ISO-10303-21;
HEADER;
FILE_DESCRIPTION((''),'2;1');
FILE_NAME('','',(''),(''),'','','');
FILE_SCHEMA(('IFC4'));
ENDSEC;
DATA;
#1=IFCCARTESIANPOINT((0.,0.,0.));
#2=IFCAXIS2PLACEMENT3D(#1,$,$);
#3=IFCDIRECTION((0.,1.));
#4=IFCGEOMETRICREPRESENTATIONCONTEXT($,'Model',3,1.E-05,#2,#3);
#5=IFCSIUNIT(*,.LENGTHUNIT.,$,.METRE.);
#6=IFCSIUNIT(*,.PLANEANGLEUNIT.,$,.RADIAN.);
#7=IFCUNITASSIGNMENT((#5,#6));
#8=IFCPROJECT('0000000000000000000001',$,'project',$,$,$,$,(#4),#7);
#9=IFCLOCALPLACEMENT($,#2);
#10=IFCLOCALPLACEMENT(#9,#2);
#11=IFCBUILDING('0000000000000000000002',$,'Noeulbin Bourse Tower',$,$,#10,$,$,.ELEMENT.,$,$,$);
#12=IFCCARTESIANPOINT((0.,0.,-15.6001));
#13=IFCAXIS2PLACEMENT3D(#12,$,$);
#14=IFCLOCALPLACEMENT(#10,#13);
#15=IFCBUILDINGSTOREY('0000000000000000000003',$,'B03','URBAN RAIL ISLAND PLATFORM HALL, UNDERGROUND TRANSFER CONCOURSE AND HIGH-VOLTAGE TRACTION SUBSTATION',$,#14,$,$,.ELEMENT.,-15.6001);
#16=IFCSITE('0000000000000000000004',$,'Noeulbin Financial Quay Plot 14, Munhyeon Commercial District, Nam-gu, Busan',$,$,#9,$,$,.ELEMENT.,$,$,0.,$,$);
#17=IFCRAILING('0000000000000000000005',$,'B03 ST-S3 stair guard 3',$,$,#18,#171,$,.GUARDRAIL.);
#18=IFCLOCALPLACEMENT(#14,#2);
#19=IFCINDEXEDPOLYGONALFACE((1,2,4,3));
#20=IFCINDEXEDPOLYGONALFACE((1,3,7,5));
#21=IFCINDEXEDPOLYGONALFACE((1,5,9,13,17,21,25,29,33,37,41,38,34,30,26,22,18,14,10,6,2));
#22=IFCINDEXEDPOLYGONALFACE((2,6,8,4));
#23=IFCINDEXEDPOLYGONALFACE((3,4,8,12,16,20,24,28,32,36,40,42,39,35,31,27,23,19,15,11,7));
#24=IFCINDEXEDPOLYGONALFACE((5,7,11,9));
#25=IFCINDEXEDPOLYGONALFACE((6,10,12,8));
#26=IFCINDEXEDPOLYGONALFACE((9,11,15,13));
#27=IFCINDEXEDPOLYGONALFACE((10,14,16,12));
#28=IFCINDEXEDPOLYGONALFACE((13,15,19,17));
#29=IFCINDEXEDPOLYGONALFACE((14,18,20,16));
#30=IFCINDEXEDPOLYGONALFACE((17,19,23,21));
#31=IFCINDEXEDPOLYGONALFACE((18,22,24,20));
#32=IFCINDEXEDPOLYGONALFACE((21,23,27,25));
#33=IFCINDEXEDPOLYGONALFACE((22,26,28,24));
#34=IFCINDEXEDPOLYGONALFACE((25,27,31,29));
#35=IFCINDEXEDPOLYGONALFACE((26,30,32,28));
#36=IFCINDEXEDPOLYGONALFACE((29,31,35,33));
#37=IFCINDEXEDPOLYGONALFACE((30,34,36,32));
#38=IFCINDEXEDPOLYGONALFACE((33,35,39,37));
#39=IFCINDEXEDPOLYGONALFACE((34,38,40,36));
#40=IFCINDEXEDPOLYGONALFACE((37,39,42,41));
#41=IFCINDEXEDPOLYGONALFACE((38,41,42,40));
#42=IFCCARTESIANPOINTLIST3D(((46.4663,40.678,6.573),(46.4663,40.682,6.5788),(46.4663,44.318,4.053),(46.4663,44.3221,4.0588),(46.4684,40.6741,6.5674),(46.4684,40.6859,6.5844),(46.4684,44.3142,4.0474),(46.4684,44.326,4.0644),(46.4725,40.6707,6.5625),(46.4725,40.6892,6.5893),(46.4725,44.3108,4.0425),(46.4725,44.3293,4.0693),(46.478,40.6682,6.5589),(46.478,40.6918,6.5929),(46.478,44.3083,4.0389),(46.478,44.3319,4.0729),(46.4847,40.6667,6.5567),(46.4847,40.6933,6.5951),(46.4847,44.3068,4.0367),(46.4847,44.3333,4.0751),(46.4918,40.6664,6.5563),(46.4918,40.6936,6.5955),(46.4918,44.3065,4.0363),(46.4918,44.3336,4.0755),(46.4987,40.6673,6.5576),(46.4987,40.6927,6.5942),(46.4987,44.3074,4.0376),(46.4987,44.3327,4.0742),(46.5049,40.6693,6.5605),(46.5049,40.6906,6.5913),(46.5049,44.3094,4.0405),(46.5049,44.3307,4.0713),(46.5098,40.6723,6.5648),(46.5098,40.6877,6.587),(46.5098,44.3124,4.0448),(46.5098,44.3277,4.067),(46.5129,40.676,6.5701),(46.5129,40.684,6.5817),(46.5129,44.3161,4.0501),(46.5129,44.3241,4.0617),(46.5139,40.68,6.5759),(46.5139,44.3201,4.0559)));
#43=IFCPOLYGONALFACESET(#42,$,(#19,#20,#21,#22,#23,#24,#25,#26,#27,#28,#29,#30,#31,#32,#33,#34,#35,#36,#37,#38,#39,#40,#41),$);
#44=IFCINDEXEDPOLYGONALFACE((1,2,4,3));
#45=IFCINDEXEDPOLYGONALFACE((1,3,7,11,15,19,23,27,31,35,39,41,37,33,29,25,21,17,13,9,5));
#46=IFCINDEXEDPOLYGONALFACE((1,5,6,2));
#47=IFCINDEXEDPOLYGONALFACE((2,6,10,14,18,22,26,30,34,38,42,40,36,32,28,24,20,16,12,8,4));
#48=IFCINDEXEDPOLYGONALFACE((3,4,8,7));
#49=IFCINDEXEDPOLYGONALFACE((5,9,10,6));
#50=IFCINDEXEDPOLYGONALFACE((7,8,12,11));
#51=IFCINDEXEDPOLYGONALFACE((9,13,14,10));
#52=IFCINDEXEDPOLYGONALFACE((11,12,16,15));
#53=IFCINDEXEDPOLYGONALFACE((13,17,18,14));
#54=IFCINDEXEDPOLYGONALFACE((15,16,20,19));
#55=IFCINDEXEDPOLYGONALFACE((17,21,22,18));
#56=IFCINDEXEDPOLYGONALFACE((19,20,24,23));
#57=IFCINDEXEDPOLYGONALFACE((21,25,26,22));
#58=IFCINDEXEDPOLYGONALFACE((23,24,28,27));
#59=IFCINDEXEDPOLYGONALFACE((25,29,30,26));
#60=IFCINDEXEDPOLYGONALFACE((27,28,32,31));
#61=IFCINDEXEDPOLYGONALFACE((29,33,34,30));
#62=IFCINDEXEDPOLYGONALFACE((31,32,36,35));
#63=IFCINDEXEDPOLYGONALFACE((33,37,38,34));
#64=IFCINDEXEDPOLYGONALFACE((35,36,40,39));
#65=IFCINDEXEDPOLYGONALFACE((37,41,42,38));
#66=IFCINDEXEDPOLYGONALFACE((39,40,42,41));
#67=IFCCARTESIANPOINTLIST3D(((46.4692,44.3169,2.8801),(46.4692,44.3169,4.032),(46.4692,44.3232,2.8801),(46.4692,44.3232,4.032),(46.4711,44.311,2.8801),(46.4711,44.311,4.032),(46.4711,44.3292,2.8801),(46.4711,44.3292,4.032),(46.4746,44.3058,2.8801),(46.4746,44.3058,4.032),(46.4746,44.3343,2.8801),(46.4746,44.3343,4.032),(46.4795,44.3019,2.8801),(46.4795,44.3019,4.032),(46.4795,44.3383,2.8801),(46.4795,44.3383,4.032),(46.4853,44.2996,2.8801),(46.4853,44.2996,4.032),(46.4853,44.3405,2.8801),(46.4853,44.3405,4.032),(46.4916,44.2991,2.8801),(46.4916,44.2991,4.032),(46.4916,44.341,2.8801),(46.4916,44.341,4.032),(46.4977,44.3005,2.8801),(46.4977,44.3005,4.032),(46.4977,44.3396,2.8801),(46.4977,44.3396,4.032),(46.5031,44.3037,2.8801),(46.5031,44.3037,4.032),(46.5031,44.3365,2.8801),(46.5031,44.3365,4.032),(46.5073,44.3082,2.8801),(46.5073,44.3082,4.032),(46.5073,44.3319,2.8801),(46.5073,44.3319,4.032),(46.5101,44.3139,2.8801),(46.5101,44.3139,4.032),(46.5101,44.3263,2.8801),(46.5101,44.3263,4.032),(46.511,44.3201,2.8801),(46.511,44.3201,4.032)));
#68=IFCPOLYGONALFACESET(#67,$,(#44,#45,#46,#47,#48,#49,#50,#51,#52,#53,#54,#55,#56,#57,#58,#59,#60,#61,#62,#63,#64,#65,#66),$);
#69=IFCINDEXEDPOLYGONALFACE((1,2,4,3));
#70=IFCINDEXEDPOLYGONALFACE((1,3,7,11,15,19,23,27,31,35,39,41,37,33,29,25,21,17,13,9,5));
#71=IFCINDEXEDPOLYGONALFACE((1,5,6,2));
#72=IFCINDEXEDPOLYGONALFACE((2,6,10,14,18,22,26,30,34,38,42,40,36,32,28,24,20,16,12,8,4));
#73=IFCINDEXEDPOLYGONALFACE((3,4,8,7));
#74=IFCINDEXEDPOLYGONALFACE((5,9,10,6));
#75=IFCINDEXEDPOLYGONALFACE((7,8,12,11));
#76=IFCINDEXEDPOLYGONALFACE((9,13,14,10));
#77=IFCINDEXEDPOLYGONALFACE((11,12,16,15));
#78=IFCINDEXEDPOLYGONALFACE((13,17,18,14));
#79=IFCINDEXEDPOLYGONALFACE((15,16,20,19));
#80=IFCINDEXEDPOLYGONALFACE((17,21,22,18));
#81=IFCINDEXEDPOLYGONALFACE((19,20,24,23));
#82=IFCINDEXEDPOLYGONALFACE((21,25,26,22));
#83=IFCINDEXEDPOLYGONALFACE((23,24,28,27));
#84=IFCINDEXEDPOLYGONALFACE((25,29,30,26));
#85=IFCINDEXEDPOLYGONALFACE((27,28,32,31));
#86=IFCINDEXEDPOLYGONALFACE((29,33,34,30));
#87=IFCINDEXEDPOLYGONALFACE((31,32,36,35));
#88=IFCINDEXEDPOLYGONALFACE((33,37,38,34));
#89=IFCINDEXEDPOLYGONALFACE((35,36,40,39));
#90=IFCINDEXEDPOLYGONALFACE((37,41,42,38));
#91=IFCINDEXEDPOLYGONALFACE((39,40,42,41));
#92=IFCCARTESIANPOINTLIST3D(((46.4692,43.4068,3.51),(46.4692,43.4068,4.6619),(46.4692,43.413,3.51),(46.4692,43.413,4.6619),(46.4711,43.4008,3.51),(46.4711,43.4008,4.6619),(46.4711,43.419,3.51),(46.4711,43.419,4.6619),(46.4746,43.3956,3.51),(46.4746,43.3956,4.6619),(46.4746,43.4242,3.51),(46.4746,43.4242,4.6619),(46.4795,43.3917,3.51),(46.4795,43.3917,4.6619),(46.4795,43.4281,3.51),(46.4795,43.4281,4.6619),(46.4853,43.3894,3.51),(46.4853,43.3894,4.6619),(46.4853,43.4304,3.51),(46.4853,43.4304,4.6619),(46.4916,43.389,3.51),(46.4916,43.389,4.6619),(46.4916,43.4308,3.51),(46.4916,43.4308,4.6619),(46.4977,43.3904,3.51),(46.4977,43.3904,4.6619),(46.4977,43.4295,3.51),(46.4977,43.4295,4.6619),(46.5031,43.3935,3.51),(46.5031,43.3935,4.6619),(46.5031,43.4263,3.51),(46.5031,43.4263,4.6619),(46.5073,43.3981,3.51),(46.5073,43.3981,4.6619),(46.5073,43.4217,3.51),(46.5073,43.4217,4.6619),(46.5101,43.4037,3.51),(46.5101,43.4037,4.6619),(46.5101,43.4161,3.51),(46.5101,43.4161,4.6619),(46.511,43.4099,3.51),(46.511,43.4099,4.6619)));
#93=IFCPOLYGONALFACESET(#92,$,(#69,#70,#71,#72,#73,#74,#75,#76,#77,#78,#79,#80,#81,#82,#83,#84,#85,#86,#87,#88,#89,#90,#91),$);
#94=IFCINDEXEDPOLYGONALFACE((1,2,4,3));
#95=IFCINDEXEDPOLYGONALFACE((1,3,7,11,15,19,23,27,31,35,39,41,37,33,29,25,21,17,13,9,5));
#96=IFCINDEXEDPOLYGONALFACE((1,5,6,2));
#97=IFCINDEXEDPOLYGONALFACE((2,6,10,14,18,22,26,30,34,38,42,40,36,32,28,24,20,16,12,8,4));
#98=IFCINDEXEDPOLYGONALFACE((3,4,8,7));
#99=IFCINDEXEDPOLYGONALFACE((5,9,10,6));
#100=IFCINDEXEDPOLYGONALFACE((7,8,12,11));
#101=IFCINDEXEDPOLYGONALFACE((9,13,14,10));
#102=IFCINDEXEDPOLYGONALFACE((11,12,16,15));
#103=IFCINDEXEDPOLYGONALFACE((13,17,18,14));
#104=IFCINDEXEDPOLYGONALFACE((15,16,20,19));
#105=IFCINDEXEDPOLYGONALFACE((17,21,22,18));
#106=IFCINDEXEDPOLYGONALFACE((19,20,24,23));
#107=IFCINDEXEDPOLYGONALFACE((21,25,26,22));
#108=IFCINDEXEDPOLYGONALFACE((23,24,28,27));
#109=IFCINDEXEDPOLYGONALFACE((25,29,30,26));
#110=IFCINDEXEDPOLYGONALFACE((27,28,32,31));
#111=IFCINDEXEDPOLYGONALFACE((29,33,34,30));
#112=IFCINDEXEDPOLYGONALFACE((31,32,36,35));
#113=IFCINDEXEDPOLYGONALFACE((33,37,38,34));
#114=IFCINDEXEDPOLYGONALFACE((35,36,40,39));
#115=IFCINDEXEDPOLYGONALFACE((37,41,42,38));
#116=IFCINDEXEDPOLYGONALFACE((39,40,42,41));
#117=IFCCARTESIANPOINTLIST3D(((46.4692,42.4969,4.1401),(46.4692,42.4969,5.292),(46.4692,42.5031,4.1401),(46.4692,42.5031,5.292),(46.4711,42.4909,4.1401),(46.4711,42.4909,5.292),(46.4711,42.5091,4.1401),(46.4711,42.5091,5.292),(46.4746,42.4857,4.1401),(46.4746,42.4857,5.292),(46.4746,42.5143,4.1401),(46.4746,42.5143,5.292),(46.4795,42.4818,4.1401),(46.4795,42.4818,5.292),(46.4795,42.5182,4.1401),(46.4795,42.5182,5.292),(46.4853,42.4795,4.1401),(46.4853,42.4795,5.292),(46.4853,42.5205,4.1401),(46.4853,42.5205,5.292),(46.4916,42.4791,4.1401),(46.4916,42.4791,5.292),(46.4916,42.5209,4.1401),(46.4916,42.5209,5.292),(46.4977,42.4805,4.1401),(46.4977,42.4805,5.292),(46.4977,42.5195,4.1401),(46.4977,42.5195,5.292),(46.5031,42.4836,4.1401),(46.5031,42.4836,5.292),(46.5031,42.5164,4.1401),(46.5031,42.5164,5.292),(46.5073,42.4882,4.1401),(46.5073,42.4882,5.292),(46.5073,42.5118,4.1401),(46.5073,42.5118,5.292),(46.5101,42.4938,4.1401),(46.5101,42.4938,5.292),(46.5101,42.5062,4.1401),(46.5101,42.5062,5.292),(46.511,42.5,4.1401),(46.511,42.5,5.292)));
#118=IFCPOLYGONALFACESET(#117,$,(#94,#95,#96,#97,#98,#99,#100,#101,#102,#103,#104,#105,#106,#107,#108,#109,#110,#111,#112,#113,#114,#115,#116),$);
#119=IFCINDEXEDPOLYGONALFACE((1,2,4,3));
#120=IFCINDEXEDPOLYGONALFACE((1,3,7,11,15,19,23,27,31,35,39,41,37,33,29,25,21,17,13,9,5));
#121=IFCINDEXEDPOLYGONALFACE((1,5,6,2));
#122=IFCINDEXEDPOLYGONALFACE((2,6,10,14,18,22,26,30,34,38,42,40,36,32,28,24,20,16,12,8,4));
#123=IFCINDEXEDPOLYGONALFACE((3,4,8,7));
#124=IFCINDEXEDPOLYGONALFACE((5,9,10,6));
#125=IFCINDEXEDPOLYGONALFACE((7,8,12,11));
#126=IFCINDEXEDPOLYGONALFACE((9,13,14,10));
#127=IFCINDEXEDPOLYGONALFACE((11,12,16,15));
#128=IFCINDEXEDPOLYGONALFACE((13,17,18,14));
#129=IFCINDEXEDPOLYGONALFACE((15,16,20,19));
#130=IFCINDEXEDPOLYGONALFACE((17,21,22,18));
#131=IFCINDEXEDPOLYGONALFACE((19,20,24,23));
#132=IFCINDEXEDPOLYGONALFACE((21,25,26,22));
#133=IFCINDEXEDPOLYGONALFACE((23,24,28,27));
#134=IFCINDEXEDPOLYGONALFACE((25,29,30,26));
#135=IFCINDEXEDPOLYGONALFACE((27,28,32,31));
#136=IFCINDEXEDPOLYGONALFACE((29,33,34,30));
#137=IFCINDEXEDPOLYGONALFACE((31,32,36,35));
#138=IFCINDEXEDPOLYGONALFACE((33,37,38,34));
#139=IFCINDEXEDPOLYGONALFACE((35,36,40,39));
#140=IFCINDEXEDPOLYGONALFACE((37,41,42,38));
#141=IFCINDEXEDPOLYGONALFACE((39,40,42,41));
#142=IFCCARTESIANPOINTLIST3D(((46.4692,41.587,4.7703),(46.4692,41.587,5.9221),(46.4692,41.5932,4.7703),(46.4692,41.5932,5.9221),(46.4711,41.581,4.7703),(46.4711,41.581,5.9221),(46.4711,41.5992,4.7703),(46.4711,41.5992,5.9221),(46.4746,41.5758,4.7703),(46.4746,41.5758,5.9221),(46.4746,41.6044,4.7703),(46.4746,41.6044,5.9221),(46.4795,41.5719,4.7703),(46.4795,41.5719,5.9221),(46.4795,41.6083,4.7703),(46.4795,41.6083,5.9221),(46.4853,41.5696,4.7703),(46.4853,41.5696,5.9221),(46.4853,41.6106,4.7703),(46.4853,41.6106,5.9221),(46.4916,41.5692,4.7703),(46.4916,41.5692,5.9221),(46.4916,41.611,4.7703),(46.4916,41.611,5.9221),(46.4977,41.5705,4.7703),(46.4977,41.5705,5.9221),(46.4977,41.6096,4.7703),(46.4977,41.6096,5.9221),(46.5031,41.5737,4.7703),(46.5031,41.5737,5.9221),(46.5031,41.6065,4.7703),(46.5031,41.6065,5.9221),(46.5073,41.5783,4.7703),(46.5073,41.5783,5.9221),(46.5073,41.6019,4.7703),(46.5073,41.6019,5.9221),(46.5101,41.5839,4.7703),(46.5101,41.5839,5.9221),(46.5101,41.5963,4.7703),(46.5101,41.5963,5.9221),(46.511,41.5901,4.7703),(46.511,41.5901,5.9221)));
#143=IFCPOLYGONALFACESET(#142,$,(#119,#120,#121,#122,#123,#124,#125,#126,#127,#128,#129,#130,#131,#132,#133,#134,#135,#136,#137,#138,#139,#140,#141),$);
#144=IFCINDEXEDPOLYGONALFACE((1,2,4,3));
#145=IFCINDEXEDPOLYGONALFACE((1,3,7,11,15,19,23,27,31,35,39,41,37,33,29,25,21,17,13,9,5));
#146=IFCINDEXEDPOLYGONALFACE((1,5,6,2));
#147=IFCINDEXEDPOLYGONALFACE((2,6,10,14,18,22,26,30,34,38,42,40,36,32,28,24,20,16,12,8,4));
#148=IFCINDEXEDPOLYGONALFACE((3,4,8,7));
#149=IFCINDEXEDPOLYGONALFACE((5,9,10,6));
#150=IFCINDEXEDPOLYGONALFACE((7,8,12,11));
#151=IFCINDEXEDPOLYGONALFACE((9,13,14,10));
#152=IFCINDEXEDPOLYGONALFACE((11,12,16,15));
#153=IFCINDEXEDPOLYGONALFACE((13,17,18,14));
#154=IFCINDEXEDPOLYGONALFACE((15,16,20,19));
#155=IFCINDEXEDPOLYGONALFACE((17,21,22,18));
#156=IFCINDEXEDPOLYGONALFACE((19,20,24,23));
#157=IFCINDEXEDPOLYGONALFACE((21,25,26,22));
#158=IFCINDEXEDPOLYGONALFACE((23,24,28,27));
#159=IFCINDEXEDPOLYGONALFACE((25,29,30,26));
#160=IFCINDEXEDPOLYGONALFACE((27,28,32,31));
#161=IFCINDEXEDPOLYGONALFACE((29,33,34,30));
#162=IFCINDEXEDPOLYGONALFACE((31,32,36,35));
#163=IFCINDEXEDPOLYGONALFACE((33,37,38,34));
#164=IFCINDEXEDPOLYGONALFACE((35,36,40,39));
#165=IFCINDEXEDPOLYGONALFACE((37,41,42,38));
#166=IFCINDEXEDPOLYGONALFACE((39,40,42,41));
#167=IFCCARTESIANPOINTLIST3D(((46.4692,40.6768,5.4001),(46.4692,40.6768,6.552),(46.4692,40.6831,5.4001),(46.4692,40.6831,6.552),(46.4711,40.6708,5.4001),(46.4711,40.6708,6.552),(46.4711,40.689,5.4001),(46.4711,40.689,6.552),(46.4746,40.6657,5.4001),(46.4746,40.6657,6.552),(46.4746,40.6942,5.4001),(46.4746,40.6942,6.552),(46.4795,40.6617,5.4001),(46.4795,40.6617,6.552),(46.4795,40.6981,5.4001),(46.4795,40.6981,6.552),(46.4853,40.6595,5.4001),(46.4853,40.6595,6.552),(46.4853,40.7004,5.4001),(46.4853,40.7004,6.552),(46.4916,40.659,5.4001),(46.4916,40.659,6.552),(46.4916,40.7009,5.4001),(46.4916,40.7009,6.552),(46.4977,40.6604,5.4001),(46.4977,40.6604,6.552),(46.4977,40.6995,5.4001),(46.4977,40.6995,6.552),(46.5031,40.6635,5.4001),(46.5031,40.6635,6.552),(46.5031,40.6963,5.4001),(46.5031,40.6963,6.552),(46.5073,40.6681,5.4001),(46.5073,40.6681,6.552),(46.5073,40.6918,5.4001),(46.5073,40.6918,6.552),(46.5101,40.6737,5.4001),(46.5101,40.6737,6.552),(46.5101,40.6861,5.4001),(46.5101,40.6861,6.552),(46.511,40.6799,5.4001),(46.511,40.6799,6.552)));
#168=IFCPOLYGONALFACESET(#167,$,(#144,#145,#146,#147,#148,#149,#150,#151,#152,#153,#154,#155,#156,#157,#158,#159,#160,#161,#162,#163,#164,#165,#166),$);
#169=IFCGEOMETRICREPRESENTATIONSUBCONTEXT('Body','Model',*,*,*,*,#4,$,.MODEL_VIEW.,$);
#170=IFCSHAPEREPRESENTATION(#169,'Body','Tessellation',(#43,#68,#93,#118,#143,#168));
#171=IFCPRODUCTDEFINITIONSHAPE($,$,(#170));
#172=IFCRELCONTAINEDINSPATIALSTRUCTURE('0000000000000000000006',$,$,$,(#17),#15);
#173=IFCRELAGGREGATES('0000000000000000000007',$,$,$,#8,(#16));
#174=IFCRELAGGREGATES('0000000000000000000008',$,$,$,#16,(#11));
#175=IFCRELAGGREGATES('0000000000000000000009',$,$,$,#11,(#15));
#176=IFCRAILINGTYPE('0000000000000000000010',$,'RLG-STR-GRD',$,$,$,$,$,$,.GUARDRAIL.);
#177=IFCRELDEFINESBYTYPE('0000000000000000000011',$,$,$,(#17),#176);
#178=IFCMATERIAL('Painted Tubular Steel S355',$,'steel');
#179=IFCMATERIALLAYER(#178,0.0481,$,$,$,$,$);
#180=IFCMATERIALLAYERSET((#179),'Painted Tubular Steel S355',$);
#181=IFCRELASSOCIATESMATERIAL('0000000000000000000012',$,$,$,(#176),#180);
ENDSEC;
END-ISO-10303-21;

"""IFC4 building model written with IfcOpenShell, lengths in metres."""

from ifc_helpers import new_model, si_unit, direction, frame, origin, origin_2d, place, context, subcontext, project, spatial, circle, extrude, material, layer, layer_set, type_object, element, save


model = new_model("IFC4")

# Units and contexts
model_context = context("Model", 3, precision=1e-05, world=origin(), true_north=direction((0.0, 1.0)))
body_context = subcontext(model_context, "Body", "Model", "MODEL_VIEW")
ifc_project = project(units=[si_unit("LENGTHUNIT", "METRE"), si_unit("PLANEANGLEUNIT", "RADIAN")], contexts=[model_context])

# Site, building, storey
site_placement = place(None, origin())
site = spatial("IfcSite", under=ifc_project, at=site_placement, Name="Noeulbin Financial Quay Plot 14, Munhyeon Commercial District, Nam-gu, Busan", CompositionType="ELEMENT", RefElevation=0.0)
building_placement = place(site_placement, origin())
building = spatial("IfcBuilding", under=site, at=building_placement, Name="Noeulbin Bourse Tower", CompositionType="ELEMENT")
storey_placement = place(building_placement, frame((0.0, 0.0, -15.6001)))
storey = spatial("IfcBuildingStorey", under=building, at=storey_placement, Name="B03", Description="URBAN RAIL ISLAND PLATFORM HALL, UNDERGROUND TRANSFER CONCOURSE AND HIGH-VOLTAGE TRACTION SUBSTATION", CompositionType="ELEMENT", Elevation=-15.6001)

# Railing
ifc_material_1 = material(Name="Painted Tubular Steel S355", Category="steel")
ifc_layer_1 = layer(ifc_material_1, 0.0481)
ifc_layer_set_1 = layer_set([ifc_layer_1], Name="Painted Tubular Steel S355")
railing_type_1 = type_object("IfcRailingType", Name="RLG-STR-GRD", PredefinedType="GUARDRAIL", material=ifc_layer_set_1)
railing_1_placement = place(storey_placement, frame((46.49, 44.3201, 2.8801)))
element("IfcRailing", 1, at=railing_1_placement, inside=storey, type_object=railing_type_1, Name="B03 ST-S3 stair guard 3", PredefinedType="GUARDRAIL", context=body_context, shape_type="SweptSolid", body=[
    extrude(circle(Radius=0.0239, at=origin_2d()), frame((0.0, 0.0, 1.1758), z_axis=(0.0, -0.8222, 0.569199), x_axis=(1.0, 0.0, 0.0)), (0.0, 0.0, 1.0), 4.4272),
    extrude(circle(Radius=0.021, at=origin_2d()), origin(), (0.0, 0.0, 1.0), 1.1519),
    extrude(circle(Radius=0.021, at=origin_2d()), frame((0.0, -0.9102, 0.6299)), (0.0, 0.0, 1.0), 1.1519),
    extrude(circle(Radius=0.021, at=origin_2d()), frame((0.0, -1.8201, 1.26)), (0.0, 0.0, 1.0), 1.1519),
    extrude(circle(Radius=0.021, at=origin_2d()), frame((0.0, -2.73, 1.8901)), (0.0, 0.0, 1.0), 1.1519),
    extrude(circle(Radius=0.021, at=origin_2d()), frame((0.0, -3.6401, 2.52)), (0.0, 0.0, 1.0), 1.1519),
])

save(model, "model.ifc")
